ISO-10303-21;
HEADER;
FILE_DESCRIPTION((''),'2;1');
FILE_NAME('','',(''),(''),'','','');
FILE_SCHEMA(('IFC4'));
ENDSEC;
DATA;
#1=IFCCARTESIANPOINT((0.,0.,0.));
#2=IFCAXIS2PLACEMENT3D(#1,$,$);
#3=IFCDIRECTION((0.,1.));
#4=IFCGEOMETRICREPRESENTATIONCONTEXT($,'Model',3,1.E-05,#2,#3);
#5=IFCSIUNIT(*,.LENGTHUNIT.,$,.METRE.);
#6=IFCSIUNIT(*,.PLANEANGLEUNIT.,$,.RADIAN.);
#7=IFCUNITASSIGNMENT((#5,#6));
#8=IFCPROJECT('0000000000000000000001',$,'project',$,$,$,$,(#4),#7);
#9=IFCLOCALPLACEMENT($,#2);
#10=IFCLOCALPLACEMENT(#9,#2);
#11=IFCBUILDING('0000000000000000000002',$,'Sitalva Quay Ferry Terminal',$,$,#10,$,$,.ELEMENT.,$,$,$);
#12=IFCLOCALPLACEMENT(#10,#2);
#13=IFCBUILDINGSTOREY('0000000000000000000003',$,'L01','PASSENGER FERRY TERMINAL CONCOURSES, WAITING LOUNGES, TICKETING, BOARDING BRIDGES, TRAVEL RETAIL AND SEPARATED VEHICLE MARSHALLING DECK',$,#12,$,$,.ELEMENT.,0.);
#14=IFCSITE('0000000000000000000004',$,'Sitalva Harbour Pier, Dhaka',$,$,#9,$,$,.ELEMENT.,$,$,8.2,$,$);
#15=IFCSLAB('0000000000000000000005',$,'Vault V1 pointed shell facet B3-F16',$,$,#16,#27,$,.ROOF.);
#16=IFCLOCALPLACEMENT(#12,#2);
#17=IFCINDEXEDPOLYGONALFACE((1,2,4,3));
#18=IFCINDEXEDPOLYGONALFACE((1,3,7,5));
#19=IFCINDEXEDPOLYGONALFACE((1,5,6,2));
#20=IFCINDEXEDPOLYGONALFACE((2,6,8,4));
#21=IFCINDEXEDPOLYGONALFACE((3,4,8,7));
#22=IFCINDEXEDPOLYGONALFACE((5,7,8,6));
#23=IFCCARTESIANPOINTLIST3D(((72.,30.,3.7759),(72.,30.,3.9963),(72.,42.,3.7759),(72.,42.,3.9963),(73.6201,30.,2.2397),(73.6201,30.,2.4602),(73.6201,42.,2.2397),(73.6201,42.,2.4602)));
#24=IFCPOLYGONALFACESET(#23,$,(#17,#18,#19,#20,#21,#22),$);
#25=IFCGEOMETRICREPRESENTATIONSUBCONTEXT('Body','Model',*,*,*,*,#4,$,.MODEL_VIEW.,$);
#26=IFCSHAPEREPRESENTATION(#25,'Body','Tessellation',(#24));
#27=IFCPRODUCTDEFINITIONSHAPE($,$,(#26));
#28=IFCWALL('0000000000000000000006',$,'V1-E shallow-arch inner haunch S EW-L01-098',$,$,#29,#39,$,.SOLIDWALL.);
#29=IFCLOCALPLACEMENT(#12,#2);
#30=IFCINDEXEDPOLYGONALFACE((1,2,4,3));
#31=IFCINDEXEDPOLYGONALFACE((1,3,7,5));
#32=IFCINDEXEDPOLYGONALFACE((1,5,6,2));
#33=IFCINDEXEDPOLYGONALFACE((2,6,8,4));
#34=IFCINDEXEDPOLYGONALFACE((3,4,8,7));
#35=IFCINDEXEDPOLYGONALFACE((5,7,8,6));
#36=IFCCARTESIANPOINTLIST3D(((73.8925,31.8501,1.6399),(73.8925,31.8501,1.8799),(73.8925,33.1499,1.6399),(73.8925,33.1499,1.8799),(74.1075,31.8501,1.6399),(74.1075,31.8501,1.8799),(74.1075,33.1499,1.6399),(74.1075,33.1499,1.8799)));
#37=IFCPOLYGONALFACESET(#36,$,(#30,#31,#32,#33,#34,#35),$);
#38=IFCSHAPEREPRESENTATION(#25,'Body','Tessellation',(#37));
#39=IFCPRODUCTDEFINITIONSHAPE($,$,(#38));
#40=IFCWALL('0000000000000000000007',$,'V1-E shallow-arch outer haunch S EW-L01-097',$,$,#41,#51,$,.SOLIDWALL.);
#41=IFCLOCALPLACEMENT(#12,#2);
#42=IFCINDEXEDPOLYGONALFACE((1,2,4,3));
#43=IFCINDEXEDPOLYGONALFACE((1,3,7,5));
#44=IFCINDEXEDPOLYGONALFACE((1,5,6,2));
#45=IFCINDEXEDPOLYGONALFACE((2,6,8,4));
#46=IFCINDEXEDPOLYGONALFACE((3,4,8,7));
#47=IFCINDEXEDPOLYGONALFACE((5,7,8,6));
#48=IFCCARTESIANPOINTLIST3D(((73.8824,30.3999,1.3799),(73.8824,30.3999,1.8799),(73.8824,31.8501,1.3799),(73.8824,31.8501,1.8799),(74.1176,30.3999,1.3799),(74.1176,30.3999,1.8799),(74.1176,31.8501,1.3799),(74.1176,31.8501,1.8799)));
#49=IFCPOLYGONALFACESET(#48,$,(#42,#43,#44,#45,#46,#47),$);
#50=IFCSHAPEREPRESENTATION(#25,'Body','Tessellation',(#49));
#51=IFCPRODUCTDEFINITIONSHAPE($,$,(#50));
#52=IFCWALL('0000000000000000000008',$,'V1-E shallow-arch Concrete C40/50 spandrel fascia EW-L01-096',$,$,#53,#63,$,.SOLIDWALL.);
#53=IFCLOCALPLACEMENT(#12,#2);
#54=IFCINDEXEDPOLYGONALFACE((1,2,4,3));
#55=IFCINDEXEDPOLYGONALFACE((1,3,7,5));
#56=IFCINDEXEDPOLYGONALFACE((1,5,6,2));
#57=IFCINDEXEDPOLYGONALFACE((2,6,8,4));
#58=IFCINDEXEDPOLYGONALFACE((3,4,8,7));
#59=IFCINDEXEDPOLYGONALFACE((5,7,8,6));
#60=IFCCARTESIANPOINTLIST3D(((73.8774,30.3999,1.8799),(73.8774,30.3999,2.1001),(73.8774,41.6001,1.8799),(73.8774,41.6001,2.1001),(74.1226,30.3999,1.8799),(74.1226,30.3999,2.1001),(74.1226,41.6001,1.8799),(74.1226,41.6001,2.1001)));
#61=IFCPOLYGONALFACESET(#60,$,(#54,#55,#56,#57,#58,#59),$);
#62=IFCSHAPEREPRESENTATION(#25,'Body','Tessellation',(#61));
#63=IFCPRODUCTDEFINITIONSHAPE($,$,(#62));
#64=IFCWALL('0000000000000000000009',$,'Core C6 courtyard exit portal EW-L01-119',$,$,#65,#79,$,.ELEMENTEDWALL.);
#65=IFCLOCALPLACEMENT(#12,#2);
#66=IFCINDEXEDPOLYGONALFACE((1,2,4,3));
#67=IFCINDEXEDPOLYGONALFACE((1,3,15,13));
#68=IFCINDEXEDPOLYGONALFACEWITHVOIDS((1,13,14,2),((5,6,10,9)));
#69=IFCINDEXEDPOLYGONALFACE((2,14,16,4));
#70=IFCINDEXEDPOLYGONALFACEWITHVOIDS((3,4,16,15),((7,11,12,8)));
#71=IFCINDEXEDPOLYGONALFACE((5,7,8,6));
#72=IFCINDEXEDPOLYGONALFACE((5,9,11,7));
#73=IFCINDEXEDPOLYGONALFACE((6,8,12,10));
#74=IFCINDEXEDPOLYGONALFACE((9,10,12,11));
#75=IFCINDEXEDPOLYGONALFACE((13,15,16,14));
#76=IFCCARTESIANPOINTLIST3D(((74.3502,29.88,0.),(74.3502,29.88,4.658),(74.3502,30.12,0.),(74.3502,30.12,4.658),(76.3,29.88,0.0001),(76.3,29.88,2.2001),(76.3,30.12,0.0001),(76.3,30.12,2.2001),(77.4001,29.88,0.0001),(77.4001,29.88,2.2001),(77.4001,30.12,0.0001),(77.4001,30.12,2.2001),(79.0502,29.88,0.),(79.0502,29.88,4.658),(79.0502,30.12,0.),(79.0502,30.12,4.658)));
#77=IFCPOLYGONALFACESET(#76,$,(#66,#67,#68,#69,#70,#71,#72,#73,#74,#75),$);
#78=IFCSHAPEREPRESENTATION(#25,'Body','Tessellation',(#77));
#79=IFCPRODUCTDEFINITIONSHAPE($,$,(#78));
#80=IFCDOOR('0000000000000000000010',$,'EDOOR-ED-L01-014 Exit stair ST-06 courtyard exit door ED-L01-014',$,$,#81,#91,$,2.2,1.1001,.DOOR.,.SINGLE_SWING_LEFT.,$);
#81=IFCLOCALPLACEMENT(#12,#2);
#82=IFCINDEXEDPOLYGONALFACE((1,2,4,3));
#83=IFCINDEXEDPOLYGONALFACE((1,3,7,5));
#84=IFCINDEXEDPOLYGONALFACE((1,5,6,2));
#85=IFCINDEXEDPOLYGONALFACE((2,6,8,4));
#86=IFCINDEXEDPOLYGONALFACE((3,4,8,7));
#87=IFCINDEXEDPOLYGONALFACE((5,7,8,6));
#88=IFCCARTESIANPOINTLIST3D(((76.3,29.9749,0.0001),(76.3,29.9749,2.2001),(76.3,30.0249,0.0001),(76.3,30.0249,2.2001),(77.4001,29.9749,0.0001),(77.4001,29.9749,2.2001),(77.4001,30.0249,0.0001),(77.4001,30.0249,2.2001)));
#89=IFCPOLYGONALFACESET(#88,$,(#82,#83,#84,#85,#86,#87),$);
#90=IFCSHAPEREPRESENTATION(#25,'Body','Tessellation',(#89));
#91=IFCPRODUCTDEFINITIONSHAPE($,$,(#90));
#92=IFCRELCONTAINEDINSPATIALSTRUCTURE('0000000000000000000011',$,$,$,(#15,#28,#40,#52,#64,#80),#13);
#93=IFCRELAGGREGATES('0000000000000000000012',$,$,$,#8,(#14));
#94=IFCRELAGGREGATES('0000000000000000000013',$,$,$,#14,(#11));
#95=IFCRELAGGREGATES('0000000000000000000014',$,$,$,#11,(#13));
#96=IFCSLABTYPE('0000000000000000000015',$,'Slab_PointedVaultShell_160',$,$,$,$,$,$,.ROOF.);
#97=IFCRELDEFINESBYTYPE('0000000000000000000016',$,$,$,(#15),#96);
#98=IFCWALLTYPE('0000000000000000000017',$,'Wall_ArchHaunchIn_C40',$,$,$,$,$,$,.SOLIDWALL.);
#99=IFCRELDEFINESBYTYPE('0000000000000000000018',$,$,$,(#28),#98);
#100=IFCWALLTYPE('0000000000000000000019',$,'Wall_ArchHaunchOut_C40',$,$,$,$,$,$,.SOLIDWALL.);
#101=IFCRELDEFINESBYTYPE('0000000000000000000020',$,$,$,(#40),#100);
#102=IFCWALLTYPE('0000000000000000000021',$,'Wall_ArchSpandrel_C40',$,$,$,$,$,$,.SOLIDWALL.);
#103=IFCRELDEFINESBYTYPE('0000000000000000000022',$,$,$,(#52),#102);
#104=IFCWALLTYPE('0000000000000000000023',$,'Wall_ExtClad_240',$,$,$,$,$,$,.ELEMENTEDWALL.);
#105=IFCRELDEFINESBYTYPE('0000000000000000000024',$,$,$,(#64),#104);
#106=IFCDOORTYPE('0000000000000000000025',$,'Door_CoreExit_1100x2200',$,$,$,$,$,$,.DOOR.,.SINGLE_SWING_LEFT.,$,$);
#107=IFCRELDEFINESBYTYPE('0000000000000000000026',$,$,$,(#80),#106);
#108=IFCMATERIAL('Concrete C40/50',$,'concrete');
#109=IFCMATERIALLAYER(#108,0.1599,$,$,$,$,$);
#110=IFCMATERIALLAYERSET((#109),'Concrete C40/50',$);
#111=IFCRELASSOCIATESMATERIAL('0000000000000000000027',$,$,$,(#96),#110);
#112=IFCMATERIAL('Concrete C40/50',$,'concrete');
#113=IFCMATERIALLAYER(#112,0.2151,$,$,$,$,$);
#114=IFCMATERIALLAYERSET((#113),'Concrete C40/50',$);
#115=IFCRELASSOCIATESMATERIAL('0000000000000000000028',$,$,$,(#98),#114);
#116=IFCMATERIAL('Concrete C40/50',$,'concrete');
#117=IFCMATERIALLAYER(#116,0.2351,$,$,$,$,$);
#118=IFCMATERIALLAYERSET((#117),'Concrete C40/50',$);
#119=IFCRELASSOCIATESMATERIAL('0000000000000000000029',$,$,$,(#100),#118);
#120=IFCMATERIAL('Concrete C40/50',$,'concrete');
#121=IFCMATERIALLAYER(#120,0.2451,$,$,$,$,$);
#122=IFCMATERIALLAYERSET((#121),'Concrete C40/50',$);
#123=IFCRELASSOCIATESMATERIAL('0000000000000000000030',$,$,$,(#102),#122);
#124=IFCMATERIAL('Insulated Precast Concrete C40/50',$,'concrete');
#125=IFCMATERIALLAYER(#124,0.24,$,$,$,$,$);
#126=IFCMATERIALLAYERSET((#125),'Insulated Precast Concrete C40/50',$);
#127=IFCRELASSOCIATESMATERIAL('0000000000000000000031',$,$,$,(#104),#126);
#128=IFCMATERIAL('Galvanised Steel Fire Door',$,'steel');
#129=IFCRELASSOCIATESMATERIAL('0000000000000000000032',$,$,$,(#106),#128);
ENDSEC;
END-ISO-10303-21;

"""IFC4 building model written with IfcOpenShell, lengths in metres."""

from ifc_helpers import new_model, si_unit, direction, frame, frame_2d, origin, place, context, subcontext, project, spatial, polyline, rectangle, outline, extrude, material, layer, layer_set, type_object, element, fill, save


model = new_model("IFC4")

# Units and contexts
model_context = context("Model", 3, precision=1e-05, world=origin(), true_north=direction((0.0, 1.0)))
body_context = subcontext(model_context, "Body", "Model", "MODEL_VIEW")
ifc_project = project(units=[si_unit("LENGTHUNIT", "METRE"), si_unit("PLANEANGLEUNIT", "RADIAN")], contexts=[model_context])

# Site, building, storey
site_placement = place(None, origin())
site = spatial("IfcSite", under=ifc_project, at=site_placement, Name="Sitalva Harbour Pier, Dhaka", CompositionType="ELEMENT", RefElevation=8.2)
building_placement = place(site_placement, origin())
building = spatial("IfcBuilding", under=site, at=building_placement, Name="Sitalva Quay Ferry Terminal", CompositionType="ELEMENT")
storey_placement = place(building_placement, origin())
storey = spatial("IfcBuildingStorey", under=building, at=storey_placement, Name="L01", Description="PASSENGER FERRY TERMINAL CONCOURSES, WAITING LOUNGES, TICKETING, BOARDING BRIDGES, TRAVEL RETAIL AND SEPARATED VEHICLE MARSHALLING DECK", CompositionType="ELEMENT", Elevation=0.0)

# Slab
ifc_material_1 = material(Name="Concrete C40/50", Category="concrete")
ifc_layer_1 = layer(ifc_material_1, 0.1599)
ifc_layer_set_1 = layer_set([ifc_layer_1], Name="Concrete C40/50")
slab_type = type_object("IfcSlabType", Name="Slab_PointedVaultShell_160", PredefinedType="ROOF", material=ifc_layer_set_1)
slab_1_placement = place(storey_placement, frame((72.0, 30.0, 3.9963), z_axis=(0.688048, 0.0, 0.725665), x_axis=(0.725665, 0.0, -0.688048)))
element("IfcSlab", 1, at=slab_1_placement, inside=storey, type_object=slab_type, Name="Vault V1 pointed shell facet B3-F16", PredefinedType="ROOF", context=body_context, shape_type="SweptSolid", body=[
    extrude(outline(polyline([(0.0, 0.0), (2.2326, 0.0), (2.2326, 12.0), (0.0, 12.0), (0.0, 0.0)])), origin(), (0.688048, 0.0, -0.725665), 0.2205),
])

# Walls
ifc_material_2 = material(Name="Concrete C40/50", Category="concrete")
ifc_layer_2 = layer(ifc_material_2, 0.2151)
ifc_layer_set_2 = layer_set([ifc_layer_2], Name="Concrete C40/50")
wall_type_1 = type_object("IfcWallType", Name="Wall_ArchHaunchIn_C40", PredefinedType="SOLIDWALL", material=ifc_layer_set_2)
wall_1_placement = place(storey_placement, frame((74.0, 31.8501, 1.6399), z_axis=(0.0, 0.0, 1.0), x_axis=(0.0, 1.0, 0.0)))
element("IfcWall", 2, at=wall_1_placement, inside=storey, type_object=wall_type_1, Name="V1-E shallow-arch inner haunch S EW-L01-098", PredefinedType="SOLIDWALL", context=body_context, shape_type="SweptSolid", body=[
    extrude(rectangle(XDim=1.2998, YDim=0.2151, at=frame_2d((0.6499, 0.0))), origin(), (0.0, 0.0, 1.0), 0.24),
])
ifc_material_3 = material(Name="Concrete C40/50", Category="concrete")
ifc_layer_3 = layer(ifc_material_3, 0.2351)
ifc_layer_set_3 = layer_set([ifc_layer_3], Name="Concrete C40/50")
wall_type_2 = type_object("IfcWallType", Name="Wall_ArchHaunchOut_C40", PredefinedType="SOLIDWALL", material=ifc_layer_set_3)
wall_2_placement = place(storey_placement, frame((74.0, 30.3999, 1.3799), z_axis=(0.0, 0.0, 1.0), x_axis=(0.0, 1.0, 0.0)))
element("IfcWall", 3, at=wall_2_placement, inside=storey, type_object=wall_type_2, Name="V1-E shallow-arch outer haunch S EW-L01-097", PredefinedType="SOLIDWALL", context=body_context, shape_type="SweptSolid", body=[
    extrude(rectangle(XDim=1.4502, YDim=0.2351, at=frame_2d((0.7251, 0.0))), origin(), (0.0, 0.0, 1.0), 0.5),
])
ifc_material_4 = material(Name="Concrete C40/50", Category="concrete")
ifc_layer_4 = layer(ifc_material_4, 0.2451)
ifc_layer_set_4 = layer_set([ifc_layer_4], Name="Concrete C40/50")
wall_type_3 = type_object("IfcWallType", Name="Wall_ArchSpandrel_C40", PredefinedType="SOLIDWALL", material=ifc_layer_set_4)
wall_3_placement = place(storey_placement, frame((74.0, 30.3999, 1.8799), z_axis=(0.0, 0.0, 1.0), x_axis=(0.0, 1.0, 0.0)))
element("IfcWall", 4, at=wall_3_placement, inside=storey, type_object=wall_type_3, Name="V1-E shallow-arch Concrete C40/50 spandrel fascia EW-L01-096", PredefinedType="SOLIDWALL", context=body_context, shape_type="SweptSolid", body=[
    extrude(rectangle(XDim=11.2002, YDim=0.2451, at=frame_2d((5.6001, 0.0))), origin(), (0.0, 0.0, 1.0), 0.2202),
])

# Wall, opening, door
ifc_material_5 = material(Name="Insulated Precast Concrete C40/50", Category="concrete")
ifc_layer_5 = layer(ifc_material_5, 0.24)
ifc_layer_set_5 = layer_set([ifc_layer_5], Name="Insulated Precast Concrete C40/50")
wall_type_4 = type_object("IfcWallType", Name="Wall_ExtClad_240", PredefinedType="ELEMENTEDWALL", material=ifc_layer_set_5)
wall_4_placement = place(storey_placement, frame((74.3501, 30.0, 0.0), z_axis=(0.0, 0.0, 1.0), x_axis=(1.0, 0.0, 0.0)))
wall_4 = element("IfcWall", 5, at=wall_4_placement, inside=storey, type_object=wall_type_4, Name="Core C6 courtyard exit portal EW-L01-119", PredefinedType="ELEMENTEDWALL", context=body_context, shape_type="SweptSolid", body=[
    extrude(rectangle(XDim=4.7, YDim=0.24, at=frame_2d((2.3501, 0.0))), origin(), (0.0, 0.0, 1.0), 4.658),
])
opening_placement = place(wall_4_placement, frame((1.95, 0.0, 0.0)))
opening = element("IfcOpeningElement", 6, at=opening_placement, cuts=wall_4, PredefinedType="OPENING", context=body_context, shape_type="SweptSolid", body=[
    extrude(rectangle(XDim=1.1001, YDim=2.2, at=frame_2d((0.55, 1.1001))), frame((0.0, 0.1299, 0.0), z_axis=(0.0, -1.0, 0.0), x_axis=(1.0, 0.0, 0.0)), (0.0, 0.0, 1.0), 0.26),
])
ifc_material_6 = material(Name="Galvanised Steel Fire Door", Category="steel")
door_type = type_object("IfcDoorType", Name="Door_CoreExit_1100x2200", OperationType="SINGLE_SWING_LEFT", PredefinedType="DOOR", material=ifc_material_6)
door_placement = place(opening_placement, origin())
door = element("IfcDoor", 7, at=door_placement, inside=storey, type_object=door_type, Name="EDOOR-ED-L01-014 Exit stair ST-06 courtyard exit door ED-L01-014", OperationType="SINGLE_SWING_LEFT", OverallHeight=2.2, OverallWidth=1.1001, PredefinedType="DOOR", context=body_context, shape_type="SweptSolid", body=[
    extrude(rectangle(XDim=1.1001, YDim=2.2, at=frame_2d((0.55, 1.1001))), frame((0.0, 0.0249, 0.0), z_axis=(0.0, -1.0, 0.0), x_axis=(1.0, 0.0, 0.0)), (0.0, 0.0, 1.0), 0.05),
])
fill(opening, door)

save(model, "model.ifc")
